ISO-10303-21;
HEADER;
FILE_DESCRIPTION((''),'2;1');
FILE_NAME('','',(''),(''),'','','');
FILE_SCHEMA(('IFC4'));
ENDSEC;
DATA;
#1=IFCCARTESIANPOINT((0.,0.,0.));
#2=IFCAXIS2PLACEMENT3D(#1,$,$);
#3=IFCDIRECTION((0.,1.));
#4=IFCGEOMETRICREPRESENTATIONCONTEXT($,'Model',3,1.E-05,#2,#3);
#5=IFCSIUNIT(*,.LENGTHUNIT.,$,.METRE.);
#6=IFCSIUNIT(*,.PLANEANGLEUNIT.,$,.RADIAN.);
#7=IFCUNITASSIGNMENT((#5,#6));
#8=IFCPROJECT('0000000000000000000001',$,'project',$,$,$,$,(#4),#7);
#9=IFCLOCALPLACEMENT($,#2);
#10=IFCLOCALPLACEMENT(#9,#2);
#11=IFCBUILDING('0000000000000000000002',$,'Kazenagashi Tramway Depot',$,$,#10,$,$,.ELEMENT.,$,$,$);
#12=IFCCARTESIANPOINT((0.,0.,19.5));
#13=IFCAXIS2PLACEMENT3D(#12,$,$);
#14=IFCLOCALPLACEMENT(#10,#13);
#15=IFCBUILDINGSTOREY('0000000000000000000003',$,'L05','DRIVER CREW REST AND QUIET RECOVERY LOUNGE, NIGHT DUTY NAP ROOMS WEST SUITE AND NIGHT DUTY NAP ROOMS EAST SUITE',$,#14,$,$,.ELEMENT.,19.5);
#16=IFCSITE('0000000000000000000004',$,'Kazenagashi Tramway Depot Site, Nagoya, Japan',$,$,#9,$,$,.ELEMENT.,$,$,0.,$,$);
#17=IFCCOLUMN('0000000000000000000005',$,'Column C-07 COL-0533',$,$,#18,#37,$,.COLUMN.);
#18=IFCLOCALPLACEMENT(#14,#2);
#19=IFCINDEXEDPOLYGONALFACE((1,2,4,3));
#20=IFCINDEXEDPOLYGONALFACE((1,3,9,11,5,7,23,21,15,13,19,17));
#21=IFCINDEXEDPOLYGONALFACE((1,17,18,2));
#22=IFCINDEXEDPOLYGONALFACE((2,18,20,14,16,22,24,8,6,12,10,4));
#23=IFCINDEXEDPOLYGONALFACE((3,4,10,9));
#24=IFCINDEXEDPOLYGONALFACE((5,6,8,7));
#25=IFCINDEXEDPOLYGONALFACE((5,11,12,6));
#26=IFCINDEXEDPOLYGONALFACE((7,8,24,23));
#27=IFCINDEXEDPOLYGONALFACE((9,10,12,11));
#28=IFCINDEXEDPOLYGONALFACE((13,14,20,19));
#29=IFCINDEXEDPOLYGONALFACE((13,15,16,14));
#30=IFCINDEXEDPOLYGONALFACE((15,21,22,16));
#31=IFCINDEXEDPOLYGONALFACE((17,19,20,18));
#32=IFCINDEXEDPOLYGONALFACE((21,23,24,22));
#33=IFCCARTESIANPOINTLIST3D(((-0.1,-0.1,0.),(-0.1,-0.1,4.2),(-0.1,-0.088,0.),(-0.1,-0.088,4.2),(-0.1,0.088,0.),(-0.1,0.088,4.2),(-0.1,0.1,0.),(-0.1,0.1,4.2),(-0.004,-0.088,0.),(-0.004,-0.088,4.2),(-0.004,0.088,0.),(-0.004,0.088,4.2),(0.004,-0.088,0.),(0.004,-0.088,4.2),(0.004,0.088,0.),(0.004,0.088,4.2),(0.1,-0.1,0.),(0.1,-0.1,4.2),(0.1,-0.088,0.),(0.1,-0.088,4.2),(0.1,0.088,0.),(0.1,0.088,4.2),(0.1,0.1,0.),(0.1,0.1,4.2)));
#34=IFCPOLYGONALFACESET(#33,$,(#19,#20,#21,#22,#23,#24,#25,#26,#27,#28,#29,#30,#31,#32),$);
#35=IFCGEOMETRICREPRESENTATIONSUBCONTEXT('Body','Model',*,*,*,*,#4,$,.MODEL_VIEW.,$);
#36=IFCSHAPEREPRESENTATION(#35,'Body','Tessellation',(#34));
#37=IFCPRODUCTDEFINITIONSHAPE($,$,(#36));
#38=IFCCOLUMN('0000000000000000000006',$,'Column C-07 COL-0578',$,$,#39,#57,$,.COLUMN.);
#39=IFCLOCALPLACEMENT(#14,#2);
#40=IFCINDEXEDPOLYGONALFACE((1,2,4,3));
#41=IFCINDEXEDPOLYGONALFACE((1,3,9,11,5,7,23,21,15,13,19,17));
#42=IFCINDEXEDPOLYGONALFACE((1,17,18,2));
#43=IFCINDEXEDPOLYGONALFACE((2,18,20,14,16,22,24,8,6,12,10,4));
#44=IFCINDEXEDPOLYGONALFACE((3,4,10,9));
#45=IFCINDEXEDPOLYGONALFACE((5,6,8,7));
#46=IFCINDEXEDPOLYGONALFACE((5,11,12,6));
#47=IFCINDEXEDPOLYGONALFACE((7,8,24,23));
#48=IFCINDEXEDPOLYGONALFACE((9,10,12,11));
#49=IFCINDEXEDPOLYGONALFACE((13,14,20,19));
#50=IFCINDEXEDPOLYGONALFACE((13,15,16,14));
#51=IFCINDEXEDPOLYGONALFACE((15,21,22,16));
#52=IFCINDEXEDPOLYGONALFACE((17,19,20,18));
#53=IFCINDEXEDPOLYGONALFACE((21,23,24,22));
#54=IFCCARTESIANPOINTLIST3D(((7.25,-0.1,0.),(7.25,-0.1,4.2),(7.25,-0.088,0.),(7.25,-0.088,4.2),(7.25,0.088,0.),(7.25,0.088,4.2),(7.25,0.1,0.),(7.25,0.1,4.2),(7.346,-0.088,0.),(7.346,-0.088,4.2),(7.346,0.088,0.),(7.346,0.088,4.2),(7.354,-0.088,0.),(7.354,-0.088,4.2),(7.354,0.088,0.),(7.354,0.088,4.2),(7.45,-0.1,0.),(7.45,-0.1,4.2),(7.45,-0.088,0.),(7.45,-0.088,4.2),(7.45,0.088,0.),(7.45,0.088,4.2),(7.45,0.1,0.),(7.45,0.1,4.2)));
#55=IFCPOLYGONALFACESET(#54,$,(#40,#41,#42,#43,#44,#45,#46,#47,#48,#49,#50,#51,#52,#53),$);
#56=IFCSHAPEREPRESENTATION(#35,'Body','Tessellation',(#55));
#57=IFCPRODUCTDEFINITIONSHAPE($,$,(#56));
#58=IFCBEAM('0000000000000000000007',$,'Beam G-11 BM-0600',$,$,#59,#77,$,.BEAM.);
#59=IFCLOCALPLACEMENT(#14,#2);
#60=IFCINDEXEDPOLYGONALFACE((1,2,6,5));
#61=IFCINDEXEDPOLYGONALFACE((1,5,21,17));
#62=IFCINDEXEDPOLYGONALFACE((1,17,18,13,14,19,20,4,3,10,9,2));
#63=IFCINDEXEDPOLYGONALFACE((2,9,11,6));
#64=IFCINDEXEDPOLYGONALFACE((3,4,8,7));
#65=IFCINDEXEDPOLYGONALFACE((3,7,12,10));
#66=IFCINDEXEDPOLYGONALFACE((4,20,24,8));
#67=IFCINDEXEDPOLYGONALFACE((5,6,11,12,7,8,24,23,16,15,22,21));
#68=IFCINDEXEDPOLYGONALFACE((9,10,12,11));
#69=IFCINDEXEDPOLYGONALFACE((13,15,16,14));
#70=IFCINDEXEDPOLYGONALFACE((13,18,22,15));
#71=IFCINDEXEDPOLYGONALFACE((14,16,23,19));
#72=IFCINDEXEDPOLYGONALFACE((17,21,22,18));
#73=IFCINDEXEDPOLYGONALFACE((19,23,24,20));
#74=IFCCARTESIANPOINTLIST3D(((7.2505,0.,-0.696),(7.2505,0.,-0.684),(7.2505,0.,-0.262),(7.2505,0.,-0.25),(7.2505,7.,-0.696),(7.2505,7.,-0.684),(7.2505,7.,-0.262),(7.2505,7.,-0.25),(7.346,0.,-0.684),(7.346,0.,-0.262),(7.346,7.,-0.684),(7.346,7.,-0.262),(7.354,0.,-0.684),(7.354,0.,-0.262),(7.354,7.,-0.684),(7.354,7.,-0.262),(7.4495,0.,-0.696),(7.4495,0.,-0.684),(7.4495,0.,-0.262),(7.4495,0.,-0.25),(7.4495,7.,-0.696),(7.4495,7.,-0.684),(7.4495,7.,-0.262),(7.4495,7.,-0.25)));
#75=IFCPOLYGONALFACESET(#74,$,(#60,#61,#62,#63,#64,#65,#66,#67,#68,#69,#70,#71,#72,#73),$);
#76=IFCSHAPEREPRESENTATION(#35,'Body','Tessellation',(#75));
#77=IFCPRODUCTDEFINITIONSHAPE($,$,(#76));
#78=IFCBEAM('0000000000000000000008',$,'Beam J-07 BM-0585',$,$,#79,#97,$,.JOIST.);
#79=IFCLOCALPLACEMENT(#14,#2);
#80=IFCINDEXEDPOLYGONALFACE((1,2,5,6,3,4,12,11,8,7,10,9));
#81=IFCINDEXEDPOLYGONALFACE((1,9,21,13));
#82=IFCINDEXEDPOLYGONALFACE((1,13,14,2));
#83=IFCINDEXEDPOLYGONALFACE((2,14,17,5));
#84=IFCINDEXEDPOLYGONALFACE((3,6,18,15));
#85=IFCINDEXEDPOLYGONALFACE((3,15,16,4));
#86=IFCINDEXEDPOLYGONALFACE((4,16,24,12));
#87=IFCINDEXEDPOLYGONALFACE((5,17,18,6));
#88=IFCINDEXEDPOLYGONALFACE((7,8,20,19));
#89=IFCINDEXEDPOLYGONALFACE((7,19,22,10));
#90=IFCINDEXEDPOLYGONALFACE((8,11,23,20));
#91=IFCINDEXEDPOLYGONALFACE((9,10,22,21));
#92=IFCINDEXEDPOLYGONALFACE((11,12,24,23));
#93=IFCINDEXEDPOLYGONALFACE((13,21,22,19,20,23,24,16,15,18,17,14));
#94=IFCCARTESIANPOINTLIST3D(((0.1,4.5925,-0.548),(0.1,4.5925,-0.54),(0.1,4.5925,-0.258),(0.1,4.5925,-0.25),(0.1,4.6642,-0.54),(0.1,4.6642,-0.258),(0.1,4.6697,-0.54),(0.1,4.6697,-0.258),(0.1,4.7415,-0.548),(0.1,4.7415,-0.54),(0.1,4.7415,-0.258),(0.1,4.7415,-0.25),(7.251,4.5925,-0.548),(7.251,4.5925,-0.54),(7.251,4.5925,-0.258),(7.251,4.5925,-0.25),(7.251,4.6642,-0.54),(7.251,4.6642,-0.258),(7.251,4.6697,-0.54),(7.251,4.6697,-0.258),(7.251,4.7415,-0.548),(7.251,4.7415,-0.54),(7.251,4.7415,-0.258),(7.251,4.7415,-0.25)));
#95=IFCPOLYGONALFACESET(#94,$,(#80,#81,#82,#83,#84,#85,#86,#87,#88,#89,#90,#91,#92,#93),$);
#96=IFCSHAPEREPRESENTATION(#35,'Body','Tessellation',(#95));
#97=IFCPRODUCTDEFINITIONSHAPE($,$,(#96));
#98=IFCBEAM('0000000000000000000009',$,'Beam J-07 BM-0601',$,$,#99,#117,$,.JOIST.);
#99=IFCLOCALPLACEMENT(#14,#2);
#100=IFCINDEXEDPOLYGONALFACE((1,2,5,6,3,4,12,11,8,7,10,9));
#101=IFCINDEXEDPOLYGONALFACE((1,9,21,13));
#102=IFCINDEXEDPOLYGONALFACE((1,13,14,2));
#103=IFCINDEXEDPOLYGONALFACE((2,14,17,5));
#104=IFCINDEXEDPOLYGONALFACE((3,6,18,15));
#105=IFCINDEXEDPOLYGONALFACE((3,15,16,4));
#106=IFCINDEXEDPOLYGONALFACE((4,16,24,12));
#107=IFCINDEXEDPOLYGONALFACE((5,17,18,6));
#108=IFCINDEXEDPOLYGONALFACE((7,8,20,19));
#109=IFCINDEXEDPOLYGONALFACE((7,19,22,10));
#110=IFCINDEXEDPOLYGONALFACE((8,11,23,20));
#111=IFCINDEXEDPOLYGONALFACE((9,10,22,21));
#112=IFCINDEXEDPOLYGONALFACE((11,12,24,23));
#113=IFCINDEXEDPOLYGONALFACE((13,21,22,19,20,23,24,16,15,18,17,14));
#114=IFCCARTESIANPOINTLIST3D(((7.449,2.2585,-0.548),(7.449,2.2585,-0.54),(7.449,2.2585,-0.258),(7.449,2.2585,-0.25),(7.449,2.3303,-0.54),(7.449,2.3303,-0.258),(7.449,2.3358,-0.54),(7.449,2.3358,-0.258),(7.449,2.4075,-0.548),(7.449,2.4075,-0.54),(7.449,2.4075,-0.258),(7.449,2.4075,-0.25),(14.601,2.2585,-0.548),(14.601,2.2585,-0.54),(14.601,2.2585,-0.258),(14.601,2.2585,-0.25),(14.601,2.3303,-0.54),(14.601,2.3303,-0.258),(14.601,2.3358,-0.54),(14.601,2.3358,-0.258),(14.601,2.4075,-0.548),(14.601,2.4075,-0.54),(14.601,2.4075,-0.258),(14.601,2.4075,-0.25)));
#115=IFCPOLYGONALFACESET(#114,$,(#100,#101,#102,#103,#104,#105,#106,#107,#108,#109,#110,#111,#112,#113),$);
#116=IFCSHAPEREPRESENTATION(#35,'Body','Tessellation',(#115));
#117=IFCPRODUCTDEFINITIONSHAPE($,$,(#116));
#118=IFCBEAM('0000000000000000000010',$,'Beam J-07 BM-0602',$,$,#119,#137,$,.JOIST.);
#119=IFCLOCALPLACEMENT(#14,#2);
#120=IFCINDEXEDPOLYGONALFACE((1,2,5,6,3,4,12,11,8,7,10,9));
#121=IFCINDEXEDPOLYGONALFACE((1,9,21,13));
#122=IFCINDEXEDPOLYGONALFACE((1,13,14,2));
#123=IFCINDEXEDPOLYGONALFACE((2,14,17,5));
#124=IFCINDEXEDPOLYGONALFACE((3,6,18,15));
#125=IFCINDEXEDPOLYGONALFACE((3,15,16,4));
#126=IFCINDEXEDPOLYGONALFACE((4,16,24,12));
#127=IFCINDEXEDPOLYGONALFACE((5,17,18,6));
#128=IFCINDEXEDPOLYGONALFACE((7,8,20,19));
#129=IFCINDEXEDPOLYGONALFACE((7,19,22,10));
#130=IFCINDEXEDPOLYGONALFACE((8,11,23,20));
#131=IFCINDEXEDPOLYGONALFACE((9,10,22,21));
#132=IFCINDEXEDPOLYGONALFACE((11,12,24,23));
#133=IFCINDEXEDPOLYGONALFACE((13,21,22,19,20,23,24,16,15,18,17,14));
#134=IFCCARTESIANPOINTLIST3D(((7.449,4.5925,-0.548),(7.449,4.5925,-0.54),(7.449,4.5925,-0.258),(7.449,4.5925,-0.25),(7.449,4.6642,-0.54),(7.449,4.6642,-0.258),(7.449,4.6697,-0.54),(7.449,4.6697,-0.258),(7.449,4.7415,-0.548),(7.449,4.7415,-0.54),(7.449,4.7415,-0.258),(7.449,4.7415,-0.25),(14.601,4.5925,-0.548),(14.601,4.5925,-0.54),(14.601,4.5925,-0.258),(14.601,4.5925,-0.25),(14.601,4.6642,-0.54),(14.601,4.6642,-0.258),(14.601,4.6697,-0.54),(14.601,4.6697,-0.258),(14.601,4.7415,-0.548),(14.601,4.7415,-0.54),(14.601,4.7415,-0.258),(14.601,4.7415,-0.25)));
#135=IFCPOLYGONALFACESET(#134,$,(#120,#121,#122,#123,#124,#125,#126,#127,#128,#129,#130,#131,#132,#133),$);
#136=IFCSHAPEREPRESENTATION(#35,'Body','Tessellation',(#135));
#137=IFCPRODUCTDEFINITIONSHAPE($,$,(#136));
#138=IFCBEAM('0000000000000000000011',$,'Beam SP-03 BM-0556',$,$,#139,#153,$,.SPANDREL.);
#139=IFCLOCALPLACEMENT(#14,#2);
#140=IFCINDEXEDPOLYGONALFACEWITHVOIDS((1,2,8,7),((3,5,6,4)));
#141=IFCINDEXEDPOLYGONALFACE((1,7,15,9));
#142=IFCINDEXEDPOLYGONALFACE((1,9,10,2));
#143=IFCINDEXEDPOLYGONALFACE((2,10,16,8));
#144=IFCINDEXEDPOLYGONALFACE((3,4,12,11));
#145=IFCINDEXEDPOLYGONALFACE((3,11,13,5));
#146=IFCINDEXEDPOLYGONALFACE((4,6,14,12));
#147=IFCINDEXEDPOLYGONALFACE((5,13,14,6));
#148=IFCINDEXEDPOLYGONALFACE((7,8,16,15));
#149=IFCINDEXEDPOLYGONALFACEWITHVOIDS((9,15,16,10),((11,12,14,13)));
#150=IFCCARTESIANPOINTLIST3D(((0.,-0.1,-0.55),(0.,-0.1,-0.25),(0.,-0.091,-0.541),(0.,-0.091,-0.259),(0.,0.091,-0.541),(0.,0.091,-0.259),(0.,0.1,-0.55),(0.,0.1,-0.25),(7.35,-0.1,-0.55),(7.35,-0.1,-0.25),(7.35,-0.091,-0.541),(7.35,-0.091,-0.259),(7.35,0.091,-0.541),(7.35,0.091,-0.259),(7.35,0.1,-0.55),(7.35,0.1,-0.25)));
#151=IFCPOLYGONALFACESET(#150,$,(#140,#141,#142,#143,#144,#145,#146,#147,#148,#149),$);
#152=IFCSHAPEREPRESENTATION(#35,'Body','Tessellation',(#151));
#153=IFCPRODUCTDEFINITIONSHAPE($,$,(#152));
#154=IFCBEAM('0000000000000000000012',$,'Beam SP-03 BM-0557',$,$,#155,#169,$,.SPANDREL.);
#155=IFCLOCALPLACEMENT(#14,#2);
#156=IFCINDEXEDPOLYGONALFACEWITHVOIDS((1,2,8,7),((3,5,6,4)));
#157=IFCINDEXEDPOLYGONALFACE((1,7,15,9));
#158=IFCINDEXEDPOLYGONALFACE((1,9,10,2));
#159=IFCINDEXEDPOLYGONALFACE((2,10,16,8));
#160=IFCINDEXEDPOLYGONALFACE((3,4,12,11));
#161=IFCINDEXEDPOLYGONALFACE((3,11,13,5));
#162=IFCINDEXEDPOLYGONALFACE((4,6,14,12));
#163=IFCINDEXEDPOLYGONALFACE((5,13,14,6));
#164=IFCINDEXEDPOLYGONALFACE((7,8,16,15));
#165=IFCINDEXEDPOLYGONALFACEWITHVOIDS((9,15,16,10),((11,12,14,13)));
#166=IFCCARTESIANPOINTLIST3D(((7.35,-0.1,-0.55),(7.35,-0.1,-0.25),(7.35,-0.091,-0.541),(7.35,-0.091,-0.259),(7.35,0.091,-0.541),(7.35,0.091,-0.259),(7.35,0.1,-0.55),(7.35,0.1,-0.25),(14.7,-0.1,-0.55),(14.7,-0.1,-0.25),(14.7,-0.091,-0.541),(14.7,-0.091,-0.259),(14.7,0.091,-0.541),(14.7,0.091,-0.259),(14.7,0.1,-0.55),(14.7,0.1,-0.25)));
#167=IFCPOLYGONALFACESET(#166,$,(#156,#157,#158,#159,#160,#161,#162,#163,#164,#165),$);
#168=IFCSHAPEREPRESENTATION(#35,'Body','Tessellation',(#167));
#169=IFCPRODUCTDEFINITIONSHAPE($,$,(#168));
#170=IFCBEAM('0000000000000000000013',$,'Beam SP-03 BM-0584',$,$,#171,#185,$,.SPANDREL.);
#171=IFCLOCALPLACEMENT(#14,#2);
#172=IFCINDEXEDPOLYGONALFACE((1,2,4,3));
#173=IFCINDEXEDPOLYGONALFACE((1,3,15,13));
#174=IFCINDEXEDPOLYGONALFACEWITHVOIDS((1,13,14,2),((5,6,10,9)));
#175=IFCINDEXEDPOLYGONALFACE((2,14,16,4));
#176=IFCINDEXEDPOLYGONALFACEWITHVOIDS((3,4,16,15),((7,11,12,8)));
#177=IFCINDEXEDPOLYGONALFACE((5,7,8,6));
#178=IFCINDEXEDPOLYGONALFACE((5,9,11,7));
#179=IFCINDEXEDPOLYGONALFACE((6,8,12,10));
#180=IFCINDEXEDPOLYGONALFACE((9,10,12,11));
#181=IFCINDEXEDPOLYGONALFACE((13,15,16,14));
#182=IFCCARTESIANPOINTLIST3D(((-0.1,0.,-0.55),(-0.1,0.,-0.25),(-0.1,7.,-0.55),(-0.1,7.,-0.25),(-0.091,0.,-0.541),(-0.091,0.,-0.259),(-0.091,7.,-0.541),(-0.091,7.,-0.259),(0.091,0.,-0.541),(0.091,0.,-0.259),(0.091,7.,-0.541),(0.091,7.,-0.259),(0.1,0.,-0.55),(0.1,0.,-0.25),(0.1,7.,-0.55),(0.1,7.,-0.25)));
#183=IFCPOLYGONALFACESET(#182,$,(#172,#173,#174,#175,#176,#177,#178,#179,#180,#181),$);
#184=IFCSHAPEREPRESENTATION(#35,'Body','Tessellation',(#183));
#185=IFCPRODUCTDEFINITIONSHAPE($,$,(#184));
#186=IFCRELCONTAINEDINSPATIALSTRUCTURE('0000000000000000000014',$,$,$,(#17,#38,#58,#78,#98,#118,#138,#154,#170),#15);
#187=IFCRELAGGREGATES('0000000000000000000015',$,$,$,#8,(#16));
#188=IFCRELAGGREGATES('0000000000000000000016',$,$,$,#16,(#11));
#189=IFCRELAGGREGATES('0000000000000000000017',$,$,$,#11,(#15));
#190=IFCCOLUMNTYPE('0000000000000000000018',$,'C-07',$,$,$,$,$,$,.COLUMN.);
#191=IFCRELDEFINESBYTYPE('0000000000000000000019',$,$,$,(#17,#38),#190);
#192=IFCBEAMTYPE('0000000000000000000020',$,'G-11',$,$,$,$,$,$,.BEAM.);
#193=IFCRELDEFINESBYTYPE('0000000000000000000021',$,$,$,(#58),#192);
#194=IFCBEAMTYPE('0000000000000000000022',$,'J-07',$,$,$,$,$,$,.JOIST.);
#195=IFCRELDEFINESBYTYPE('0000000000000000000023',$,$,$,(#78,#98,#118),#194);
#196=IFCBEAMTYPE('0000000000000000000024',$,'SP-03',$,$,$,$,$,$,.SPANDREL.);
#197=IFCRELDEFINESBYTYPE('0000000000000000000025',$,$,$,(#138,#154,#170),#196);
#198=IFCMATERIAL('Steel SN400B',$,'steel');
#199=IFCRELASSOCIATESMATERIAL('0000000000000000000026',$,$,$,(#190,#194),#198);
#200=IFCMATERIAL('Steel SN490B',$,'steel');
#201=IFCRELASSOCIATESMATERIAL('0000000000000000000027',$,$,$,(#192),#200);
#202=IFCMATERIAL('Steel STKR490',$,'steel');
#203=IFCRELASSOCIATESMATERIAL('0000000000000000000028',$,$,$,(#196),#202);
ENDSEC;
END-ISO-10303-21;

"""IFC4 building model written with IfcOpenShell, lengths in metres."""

from ifc_helpers import new_model, si_unit, direction, frame, origin, origin_2d, place, context, subcontext, project, spatial, hollow_rectangle, i_section, extrude, material, material_profile, profile_set, type_object, element, save


model = new_model("IFC4")

# Units and contexts
model_context = context("Model", 3, precision=1e-05, world=origin(), true_north=direction((0.0, 1.0)))
body_context = subcontext(model_context, "Body", "Model", "MODEL_VIEW")
ifc_project = project(units=[si_unit("LENGTHUNIT", "METRE"), si_unit("PLANEANGLEUNIT", "RADIAN")], contexts=[model_context])

# Site, building, storey
site_placement = place(None, origin())
site = spatial("IfcSite", under=ifc_project, at=site_placement, Name="Kazenagashi Tramway Depot Site, Nagoya, Japan", CompositionType="ELEMENT", RefElevation=0.0)
building_placement = place(site_placement, origin())
building = spatial("IfcBuilding", under=site, at=building_placement, Name="Kazenagashi Tramway Depot", CompositionType="ELEMENT")
storey_placement = place(building_placement, frame((0.0, 0.0, 19.5)))
storey = spatial("IfcBuildingStorey", under=building, at=storey_placement, Name="L05", Description="DRIVER CREW REST AND QUIET RECOVERY LOUNGE, NIGHT DUTY NAP ROOMS WEST SUITE AND NIGHT DUTY NAP ROOMS EAST SUITE", CompositionType="ELEMENT", Elevation=19.5)

# Columns
ifc_material_1 = material(Name="Steel SN400B", Category="steel")
ifc_material_profile_1 = material_profile(ifc_material_1, i_section(OverallWidth=0.2, OverallDepth=0.2, WebThickness=0.008, FlangeThickness=0.012, at=origin_2d()), Name="H-200x200x8x12")
ifc_profile_set_1 = profile_set([ifc_material_profile_1], Name="Steel SN400B")
column_type = type_object("IfcColumnType", Name="C-07", PredefinedType="COLUMN", material=ifc_profile_set_1)
for number, where, z_axis, x_axis, name in (
    (1, (0.0, 0.0, 0.0), (0.0, 0.0, 1.0), (1.0, 0.0, 0.0), "Column C-07 COL-0533"),
    (2, (7.35, 0.0, 0.0), (0.0, 0.0, 1.0), (1.0, 0.0, 0.0), "Column C-07 COL-0578"),
):
    element("IfcColumn", number, at=place(storey_placement, frame(where, z_axis=z_axis, x_axis=x_axis)), inside=storey, type_object=column_type, Name=name, PredefinedType="COLUMN", context=body_context, shape_type="SweptSolid", body=[
        extrude(i_section(OverallWidth=0.2, OverallDepth=0.2, WebThickness=0.008, FlangeThickness=0.012, at=origin_2d()), origin(), (0.0, 0.0, 1.0), 4.2),
    ])

# Beams
ifc_material_2 = material(Name="Steel SN490B", Category="steel")
ifc_material_profile_2 = material_profile(ifc_material_2, i_section(OverallWidth=0.199, OverallDepth=0.446, WebThickness=0.008, FlangeThickness=0.012, at=origin_2d()), Name="H-446x199x8x12")
ifc_profile_set_2 = profile_set([ifc_material_profile_2], Name="Steel SN490B")
beam_type_1 = type_object("IfcBeamType", Name="G-11", PredefinedType="BEAM", material=ifc_profile_set_2)
beam_1_placement = place(storey_placement, frame((7.35, 0.0, -0.473), z_axis=(0.0, 1.0, 0.0), x_axis=(-1.0, 0.0, 0.0)))
element("IfcBeam", 3, at=beam_1_placement, inside=storey, type_object=beam_type_1, Name="Beam G-11 BM-0600", PredefinedType="BEAM", context=body_context, shape_type="SweptSolid", body=[
    extrude(i_section(OverallWidth=0.199, OverallDepth=0.446, WebThickness=0.008, FlangeThickness=0.012, at=origin_2d()), origin(), (0.0, 0.0, 1.0), 7.0),
])
ifc_material_profile_3 = material_profile(ifc_material_1, i_section(OverallWidth=0.149, OverallDepth=0.298, WebThickness=0.0055, FlangeThickness=0.008, at=origin_2d()), Name="H-298x149x5.5x8")
ifc_profile_set_3 = profile_set([ifc_material_profile_3], Name="Steel SN400B")
beam_type_2 = type_object("IfcBeamType", Name="J-07", PredefinedType="JOIST", material=ifc_profile_set_3)
beam_2_placement = place(storey_placement, frame((0.1, 4.667, -0.399), z_axis=(1.0, 0.0, 0.0), x_axis=(0.0, 1.0, 0.0)))
element("IfcBeam", 4, at=beam_2_placement, inside=storey, type_object=beam_type_2, Name="Beam J-07 BM-0585", PredefinedType="JOIST", context=body_context, shape_type="SweptSolid", body=[
    extrude(i_section(OverallWidth=0.149, OverallDepth=0.298, WebThickness=0.0055, FlangeThickness=0.008, at=origin_2d()), origin(), (0.0, 0.0, 1.0), 7.151),
])
for number, where, z_axis, x_axis, name in (
    (5, (7.449, 2.333, -0.399), (1.0, 0.0, 0.0), (0.0, 1.0, 0.0), "Beam J-07 BM-0601"),
    (6, (7.449, 4.667, -0.399), (1.0, 0.0, 0.0), (0.0, 1.0, 0.0), "Beam J-07 BM-0602"),
):
    element("IfcBeam", number, at=place(storey_placement, frame(where, z_axis=z_axis, x_axis=x_axis)), inside=storey, type_object=beam_type_2, Name=name, PredefinedType="JOIST", context=body_context, shape_type="SweptSolid", body=[
        extrude(i_section(OverallWidth=0.149, OverallDepth=0.298, WebThickness=0.0055, FlangeThickness=0.008, at=origin_2d()), origin(), (0.0, 0.0, 1.0), 7.152),
    ])
ifc_material_3 = material(Name="Steel STKR490", Category="steel")
ifc_material_profile_4 = material_profile(ifc_material_3, hollow_rectangle(XDim=0.2, YDim=0.3, WallThickness=0.009, at=origin_2d()), Name="RHS-300x200x9")
ifc_profile_set_4 = profile_set([ifc_material_profile_4], Name="Steel STKR490")
beam_type_3 = type_object("IfcBeamType", Name="SP-03", PredefinedType="SPANDREL", material=ifc_profile_set_4)
for number, where, z_axis, x_axis, name in (
    (7, (0.0, 0.0, -0.4), (1.0, 0.0, 0.0), (0.0, 1.0, 0.0), "Beam SP-03 BM-0556"),
    (8, (7.35, 0.0, -0.4), (1.0, 0.0, 0.0), (0.0, 1.0, 0.0), "Beam SP-03 BM-0557"),
):
    element("IfcBeam", number, at=place(storey_placement, frame(where, z_axis=z_axis, x_axis=x_axis)), inside=storey, type_object=beam_type_3, Name=name, PredefinedType="SPANDREL", context=body_context, shape_type="SweptSolid", body=[
        extrude(hollow_rectangle(XDim=0.2, YDim=0.3, WallThickness=0.009, at=origin_2d()), origin(), (0.0, 0.0, 1.0), 7.35),
    ])
beam_3_placement = place(storey_placement, frame((0.0, 0.0, -0.4), z_axis=(0.0, 1.0, 0.0), x_axis=(-1.0, 0.0, 0.0)))
element("IfcBeam", 9, at=beam_3_placement, inside=storey, type_object=beam_type_3, Name="Beam SP-03 BM-0584", PredefinedType="SPANDREL", context=body_context, shape_type="SweptSolid", body=[
    extrude(hollow_rectangle(XDim=0.2, YDim=0.3, WallThickness=0.009, at=origin_2d()), origin(), (0.0, 0.0, 1.0), 7.0),
])

save(model, "model.ifc")
